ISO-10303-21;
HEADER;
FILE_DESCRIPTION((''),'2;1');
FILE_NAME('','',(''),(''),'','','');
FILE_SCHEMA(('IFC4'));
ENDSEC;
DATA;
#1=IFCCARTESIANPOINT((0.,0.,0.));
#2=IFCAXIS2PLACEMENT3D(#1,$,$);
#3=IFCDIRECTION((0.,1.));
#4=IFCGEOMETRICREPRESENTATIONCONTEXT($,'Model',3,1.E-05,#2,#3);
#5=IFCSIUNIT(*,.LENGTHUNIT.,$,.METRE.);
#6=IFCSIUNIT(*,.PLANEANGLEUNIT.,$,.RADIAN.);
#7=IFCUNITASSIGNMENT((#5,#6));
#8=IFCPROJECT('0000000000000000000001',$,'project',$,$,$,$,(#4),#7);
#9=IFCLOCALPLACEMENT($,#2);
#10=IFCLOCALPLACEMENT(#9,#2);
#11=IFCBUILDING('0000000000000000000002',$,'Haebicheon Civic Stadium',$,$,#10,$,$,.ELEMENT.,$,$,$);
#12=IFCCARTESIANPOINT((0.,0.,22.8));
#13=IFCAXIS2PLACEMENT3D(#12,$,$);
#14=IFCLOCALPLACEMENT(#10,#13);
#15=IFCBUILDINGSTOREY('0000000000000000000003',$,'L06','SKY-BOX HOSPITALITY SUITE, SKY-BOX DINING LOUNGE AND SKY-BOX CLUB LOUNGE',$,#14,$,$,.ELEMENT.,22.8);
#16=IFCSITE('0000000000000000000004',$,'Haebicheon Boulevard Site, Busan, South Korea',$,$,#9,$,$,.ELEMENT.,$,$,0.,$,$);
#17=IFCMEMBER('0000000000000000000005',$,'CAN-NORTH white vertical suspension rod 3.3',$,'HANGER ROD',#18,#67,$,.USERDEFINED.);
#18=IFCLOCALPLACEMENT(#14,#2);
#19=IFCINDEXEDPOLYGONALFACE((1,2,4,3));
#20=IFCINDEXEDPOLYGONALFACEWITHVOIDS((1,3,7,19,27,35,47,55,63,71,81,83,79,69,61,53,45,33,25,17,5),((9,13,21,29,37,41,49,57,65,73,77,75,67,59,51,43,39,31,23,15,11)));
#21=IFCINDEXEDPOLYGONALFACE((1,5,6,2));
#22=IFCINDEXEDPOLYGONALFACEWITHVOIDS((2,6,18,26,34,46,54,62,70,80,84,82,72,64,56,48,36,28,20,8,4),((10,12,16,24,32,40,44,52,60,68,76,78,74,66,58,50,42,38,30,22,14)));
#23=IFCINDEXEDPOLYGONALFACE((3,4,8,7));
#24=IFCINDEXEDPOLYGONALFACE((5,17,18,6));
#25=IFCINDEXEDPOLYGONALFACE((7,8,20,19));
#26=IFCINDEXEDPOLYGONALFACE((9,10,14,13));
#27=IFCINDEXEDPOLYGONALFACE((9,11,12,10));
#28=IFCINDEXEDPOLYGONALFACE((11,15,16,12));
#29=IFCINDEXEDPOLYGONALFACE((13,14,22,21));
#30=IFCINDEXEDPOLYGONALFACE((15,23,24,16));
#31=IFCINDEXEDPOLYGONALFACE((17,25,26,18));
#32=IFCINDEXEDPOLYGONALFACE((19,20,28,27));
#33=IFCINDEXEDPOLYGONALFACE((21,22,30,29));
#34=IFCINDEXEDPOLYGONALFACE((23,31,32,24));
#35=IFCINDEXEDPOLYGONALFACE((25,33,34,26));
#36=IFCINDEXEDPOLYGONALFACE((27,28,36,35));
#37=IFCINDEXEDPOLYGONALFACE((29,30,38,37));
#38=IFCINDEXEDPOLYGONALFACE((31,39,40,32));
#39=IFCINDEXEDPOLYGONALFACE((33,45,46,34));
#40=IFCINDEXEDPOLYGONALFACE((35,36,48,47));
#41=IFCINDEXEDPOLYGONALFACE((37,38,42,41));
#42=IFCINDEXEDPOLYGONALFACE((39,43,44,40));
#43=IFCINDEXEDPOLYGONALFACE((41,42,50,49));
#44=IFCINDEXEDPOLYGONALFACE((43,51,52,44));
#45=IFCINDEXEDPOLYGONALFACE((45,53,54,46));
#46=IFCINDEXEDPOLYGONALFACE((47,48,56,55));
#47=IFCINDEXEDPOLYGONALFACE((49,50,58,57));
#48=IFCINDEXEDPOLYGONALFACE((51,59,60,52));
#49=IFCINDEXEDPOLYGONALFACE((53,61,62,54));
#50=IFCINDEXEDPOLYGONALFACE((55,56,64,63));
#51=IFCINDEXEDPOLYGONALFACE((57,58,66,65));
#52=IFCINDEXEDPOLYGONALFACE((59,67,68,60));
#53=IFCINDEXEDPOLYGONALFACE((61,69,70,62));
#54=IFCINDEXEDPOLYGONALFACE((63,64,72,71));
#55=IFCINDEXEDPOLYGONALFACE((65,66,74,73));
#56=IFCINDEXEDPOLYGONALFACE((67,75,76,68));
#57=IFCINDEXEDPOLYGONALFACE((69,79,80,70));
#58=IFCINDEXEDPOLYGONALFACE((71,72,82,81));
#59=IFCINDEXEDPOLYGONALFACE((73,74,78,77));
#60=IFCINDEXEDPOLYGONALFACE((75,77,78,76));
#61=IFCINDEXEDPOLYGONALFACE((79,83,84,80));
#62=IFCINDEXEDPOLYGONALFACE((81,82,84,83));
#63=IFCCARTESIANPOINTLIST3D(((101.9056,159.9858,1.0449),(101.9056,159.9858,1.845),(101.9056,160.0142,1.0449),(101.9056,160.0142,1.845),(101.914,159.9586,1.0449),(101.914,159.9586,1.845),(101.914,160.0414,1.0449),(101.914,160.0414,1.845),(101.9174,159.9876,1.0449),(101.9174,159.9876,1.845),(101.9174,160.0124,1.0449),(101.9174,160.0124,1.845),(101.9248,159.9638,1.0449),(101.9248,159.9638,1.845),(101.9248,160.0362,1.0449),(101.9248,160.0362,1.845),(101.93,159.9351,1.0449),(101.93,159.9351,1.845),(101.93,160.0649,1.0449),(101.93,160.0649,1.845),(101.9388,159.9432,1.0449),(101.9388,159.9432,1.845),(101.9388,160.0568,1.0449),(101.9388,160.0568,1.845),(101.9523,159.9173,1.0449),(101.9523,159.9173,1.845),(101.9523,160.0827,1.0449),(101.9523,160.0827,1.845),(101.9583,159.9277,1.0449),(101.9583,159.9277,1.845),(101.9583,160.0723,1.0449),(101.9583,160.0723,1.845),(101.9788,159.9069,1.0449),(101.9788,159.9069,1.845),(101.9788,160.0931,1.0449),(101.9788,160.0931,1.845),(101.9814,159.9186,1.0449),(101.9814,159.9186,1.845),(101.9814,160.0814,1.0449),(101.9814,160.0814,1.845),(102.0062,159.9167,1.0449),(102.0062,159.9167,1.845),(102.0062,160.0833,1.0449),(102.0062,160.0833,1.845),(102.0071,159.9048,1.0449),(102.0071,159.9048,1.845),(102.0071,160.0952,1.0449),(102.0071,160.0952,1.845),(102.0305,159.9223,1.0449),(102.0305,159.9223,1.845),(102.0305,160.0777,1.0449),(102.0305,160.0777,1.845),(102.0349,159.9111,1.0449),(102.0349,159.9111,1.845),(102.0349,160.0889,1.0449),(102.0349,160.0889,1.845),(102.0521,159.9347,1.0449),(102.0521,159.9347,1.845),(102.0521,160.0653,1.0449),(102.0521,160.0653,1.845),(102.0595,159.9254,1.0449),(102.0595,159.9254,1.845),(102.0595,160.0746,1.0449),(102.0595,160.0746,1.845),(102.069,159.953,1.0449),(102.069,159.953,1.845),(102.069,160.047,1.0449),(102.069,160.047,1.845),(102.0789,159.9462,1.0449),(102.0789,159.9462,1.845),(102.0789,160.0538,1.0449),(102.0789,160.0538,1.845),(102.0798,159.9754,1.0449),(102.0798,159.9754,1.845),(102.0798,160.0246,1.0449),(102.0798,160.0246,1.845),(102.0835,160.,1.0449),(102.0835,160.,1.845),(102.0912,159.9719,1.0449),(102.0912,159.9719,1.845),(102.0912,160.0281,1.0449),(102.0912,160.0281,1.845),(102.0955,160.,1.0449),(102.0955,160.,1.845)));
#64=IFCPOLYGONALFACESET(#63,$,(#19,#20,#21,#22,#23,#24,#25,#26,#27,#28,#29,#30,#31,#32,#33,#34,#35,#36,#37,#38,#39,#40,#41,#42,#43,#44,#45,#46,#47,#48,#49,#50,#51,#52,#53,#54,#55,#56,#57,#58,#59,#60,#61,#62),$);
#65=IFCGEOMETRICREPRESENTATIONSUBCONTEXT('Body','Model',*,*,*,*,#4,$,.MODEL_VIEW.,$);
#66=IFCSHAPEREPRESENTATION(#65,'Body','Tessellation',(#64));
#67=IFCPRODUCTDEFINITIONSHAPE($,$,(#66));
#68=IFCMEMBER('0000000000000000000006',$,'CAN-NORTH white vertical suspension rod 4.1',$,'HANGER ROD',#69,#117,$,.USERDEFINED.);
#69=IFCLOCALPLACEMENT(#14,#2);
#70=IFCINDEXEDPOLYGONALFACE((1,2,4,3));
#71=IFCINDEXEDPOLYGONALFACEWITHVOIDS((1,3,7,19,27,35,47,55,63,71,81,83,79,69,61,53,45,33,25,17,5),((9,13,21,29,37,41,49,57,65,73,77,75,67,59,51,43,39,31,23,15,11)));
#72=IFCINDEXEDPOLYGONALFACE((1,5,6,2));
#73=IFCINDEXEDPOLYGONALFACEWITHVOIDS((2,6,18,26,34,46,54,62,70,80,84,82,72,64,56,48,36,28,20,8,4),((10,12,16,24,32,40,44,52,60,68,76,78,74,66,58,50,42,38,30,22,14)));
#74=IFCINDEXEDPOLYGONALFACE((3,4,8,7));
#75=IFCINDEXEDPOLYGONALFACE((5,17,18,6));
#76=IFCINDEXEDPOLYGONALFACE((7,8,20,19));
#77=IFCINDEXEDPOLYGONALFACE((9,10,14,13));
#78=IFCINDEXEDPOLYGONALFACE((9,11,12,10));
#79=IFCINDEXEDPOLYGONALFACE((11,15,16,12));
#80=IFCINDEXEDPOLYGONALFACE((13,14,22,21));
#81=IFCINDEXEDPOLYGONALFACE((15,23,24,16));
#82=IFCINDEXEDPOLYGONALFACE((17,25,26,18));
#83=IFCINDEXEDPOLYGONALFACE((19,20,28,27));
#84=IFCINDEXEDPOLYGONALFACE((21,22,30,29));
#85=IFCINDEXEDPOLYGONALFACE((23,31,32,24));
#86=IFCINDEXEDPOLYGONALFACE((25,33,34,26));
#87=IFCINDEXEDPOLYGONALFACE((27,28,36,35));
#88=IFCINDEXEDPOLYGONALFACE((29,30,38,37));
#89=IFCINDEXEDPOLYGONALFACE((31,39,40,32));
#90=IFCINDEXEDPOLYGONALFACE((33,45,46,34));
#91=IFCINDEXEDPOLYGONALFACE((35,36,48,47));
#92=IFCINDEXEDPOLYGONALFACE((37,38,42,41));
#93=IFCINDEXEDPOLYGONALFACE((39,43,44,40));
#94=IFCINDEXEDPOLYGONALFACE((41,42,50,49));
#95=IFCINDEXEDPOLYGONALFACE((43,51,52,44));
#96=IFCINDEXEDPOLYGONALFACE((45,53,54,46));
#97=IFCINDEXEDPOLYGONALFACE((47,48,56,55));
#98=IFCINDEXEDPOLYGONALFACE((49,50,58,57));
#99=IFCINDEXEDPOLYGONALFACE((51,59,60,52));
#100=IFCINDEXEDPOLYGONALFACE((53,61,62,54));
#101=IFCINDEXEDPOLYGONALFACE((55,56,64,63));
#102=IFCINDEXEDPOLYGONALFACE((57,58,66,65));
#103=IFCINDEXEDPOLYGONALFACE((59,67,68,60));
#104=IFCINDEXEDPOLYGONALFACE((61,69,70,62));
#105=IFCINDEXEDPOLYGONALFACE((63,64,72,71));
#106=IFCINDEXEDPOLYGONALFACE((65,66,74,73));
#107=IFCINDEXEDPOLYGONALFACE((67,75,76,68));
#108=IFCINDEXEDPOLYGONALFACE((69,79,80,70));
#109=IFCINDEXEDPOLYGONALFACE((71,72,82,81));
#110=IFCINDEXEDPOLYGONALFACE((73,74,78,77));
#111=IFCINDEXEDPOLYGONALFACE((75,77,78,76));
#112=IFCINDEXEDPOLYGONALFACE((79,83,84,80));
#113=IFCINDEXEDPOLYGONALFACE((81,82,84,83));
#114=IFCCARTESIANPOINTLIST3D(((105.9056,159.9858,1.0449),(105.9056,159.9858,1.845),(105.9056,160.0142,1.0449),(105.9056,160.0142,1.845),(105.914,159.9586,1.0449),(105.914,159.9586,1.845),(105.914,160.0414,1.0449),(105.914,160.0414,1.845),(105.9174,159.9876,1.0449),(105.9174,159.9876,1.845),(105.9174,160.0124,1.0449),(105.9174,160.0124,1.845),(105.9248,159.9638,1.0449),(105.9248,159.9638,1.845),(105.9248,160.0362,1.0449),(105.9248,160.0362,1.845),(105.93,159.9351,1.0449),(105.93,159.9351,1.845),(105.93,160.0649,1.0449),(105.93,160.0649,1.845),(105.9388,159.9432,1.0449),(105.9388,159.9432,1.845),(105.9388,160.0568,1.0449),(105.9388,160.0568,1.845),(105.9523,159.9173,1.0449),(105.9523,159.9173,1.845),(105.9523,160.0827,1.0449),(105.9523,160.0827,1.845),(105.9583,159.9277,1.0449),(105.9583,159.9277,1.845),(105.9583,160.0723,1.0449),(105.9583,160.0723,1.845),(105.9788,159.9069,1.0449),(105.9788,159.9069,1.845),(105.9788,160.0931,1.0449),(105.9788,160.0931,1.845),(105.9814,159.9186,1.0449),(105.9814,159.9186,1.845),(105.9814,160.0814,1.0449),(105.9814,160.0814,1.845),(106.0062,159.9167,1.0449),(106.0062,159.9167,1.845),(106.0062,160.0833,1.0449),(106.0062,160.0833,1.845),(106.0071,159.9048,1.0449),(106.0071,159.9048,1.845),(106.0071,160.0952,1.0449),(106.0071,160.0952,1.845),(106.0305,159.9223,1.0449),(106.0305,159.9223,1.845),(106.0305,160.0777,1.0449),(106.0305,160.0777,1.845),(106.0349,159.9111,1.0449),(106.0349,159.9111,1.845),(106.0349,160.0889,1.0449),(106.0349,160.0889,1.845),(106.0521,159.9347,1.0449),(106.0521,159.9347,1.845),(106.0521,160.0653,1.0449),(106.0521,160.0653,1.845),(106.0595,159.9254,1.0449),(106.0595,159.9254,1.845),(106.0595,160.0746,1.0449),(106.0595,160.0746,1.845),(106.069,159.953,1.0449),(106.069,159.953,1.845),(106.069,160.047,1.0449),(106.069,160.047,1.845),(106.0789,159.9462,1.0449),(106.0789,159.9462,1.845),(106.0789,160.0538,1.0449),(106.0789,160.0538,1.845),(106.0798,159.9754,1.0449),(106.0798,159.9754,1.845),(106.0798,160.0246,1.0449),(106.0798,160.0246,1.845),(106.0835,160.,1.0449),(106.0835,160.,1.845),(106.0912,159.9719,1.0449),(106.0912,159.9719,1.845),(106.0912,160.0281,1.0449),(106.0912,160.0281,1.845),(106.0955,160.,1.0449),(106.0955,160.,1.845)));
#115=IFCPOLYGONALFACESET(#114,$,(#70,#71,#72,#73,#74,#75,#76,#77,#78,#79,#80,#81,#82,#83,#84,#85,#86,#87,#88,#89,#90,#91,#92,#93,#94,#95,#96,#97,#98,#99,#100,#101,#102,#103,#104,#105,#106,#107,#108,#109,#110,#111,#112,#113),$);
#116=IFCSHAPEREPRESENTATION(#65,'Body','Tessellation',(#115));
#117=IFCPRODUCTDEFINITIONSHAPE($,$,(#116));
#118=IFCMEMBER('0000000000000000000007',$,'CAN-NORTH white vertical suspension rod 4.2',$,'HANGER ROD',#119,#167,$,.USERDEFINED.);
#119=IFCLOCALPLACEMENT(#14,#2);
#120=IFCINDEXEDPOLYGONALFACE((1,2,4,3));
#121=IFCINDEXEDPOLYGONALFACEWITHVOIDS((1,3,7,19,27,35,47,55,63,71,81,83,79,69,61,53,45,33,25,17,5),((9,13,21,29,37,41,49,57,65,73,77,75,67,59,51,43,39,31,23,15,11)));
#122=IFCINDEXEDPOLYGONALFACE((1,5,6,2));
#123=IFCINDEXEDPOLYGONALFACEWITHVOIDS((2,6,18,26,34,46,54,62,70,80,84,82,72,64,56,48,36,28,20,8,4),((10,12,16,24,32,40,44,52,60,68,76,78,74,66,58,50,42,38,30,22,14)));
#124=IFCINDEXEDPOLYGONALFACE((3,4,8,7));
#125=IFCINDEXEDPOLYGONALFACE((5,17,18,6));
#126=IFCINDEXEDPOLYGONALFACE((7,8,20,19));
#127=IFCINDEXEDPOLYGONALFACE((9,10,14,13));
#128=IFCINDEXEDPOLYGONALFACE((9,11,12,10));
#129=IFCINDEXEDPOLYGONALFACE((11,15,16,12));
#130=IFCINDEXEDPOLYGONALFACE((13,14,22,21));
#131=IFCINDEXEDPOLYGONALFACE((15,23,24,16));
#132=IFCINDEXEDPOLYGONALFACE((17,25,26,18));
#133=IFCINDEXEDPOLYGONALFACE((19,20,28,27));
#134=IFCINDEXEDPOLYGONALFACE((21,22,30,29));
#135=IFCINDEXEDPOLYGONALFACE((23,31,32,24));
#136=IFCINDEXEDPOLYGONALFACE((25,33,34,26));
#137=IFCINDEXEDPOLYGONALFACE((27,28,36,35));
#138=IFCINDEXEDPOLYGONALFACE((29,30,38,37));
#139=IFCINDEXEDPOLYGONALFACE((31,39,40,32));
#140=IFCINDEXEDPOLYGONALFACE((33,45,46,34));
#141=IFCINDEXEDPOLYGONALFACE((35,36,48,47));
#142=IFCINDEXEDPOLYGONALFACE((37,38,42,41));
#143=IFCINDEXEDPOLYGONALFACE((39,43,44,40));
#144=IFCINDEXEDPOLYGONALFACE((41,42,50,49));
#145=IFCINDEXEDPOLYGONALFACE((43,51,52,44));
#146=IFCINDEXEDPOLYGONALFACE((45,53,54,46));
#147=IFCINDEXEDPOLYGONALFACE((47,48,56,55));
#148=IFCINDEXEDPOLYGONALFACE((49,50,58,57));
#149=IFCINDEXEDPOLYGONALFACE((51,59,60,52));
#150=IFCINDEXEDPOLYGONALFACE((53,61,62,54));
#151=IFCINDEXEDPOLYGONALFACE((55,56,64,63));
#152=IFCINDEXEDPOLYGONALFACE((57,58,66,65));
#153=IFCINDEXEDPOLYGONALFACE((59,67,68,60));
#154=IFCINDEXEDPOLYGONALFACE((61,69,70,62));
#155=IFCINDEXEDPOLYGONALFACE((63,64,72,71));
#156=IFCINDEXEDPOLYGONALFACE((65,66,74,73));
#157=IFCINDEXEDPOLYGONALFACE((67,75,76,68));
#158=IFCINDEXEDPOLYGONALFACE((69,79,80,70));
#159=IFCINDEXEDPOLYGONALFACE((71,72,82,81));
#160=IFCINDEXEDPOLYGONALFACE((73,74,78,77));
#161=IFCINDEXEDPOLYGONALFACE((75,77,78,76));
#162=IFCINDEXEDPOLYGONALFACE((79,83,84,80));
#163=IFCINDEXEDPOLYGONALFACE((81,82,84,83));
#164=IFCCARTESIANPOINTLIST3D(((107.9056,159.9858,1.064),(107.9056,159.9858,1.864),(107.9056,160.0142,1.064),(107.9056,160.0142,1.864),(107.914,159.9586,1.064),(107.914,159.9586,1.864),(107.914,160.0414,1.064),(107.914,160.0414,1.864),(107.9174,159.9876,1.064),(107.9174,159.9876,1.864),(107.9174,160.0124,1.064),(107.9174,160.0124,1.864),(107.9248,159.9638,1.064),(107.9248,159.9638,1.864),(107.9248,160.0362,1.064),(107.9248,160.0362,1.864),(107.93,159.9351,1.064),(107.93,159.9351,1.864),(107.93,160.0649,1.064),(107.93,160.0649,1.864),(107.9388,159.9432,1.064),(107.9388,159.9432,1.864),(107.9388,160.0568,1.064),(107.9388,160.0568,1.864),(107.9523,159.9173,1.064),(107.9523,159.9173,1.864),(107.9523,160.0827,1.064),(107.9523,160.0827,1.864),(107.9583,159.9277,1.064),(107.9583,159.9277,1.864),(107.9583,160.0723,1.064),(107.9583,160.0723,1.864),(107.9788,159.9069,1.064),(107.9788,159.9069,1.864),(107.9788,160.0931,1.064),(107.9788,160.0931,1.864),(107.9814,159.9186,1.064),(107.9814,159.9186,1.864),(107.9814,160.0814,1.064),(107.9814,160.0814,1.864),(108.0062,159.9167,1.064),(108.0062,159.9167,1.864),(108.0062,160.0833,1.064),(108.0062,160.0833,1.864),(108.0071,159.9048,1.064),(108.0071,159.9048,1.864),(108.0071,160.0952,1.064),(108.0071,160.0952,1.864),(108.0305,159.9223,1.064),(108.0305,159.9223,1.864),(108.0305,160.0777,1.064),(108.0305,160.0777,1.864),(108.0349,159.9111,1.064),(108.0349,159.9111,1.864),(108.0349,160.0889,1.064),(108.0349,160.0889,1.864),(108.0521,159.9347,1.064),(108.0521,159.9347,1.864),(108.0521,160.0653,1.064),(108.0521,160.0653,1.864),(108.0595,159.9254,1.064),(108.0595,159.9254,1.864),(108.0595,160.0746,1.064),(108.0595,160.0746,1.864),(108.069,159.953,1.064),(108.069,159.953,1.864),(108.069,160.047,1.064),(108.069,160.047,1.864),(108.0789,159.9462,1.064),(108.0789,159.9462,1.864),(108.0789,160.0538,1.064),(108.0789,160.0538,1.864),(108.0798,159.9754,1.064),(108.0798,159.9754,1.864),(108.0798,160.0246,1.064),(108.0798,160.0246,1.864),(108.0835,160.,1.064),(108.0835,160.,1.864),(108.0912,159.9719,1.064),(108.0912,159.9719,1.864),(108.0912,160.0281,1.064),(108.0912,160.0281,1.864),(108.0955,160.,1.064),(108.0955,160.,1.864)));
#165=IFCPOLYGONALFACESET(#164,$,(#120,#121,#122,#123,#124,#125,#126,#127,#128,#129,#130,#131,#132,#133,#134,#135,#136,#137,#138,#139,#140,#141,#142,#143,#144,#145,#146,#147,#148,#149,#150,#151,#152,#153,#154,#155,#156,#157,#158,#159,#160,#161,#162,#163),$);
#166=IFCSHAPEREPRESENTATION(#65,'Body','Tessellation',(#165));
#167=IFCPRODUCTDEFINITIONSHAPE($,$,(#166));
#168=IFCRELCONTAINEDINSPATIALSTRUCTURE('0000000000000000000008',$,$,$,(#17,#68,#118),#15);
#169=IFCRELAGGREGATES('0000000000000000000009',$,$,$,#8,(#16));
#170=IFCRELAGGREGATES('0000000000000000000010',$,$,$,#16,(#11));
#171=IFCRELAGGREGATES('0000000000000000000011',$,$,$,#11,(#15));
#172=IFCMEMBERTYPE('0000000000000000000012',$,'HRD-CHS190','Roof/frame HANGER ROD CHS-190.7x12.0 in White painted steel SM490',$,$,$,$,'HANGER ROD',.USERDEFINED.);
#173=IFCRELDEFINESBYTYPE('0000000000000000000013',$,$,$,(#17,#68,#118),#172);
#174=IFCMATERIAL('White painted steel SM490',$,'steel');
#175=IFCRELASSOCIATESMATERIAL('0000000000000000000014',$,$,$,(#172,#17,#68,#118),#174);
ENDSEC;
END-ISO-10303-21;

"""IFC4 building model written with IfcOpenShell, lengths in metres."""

from ifc_helpers import new_model, si_unit, direction, frame, origin, origin_2d, place, context, subcontext, project, spatial, hollow_circle, extrude, material, material_profile, profile_set, type_object, element, save


model = new_model("IFC4")

# Units and contexts
model_context = context("Model", 3, precision=1e-05, world=origin(), true_north=direction((0.0, 1.0)))
body_context = subcontext(model_context, "Body", "Model", "MODEL_VIEW")
ifc_project = project(units=[si_unit("LENGTHUNIT", "METRE"), si_unit("PLANEANGLEUNIT", "RADIAN")], contexts=[model_context])

# Site, building, storey
site_placement = place(None, origin())
site = spatial("IfcSite", under=ifc_project, at=site_placement, Name="Haebicheon Boulevard Site, Busan, South Korea", CompositionType="ELEMENT", RefElevation=0.0)
building_placement = place(site_placement, origin())
building = spatial("IfcBuilding", under=site, at=building_placement, Name="Haebicheon Civic Stadium", CompositionType="ELEMENT")
storey_placement = place(building_placement, frame((0.0, 0.0, 22.8)))
storey = spatial("IfcBuildingStorey", under=building, at=storey_placement, Name="L06", Description="SKY-BOX HOSPITALITY SUITE, SKY-BOX DINING LOUNGE AND SKY-BOX CLUB LOUNGE", CompositionType="ELEMENT", Elevation=22.8)

# Members
ifc_material_1 = material(Name="White painted steel SM490", Category="steel")
ifc_material_profile_1 = material_profile(ifc_material_1, hollow_circle(Radius=0.0955, WallThickness=0.012, at=origin_2d()), Name="CHS-190.7x12.0")
ifc_profile_set_1 = profile_set([ifc_material_profile_1], Name="White painted steel SM490")
member_type_1 = type_object("IfcMemberType", Name="HRD-CHS190", Description="Roof/frame HANGER ROD CHS-190.7x12.0 in White painted steel SM490", ElementType="HANGER ROD", PredefinedType="USERDEFINED", material=ifc_profile_set_1)
for number, where, z_axis, x_axis, name in (
    (1, (102.0, 160.0, 1.0449), (0.0, 0.0, 1.0), (1.0, 0.0, 0.0), "CAN-NORTH white vertical suspension rod 3.3"),
    (2, (106.0, 160.0, 1.0449), (0.0, 0.0, 1.0), (1.0, 0.0, 0.0), "CAN-NORTH white vertical suspension rod 4.1"),
    (3, (108.0, 160.0, 1.064), (0.0, 0.0, 1.0), (1.0, 0.0, 0.0), "CAN-NORTH white vertical suspension rod 4.2"),
):
    element("IfcMember", number, at=place(storey_placement, frame(where, z_axis=z_axis, x_axis=x_axis)), inside=storey, type_object=member_type_1, material=ifc_profile_set_1, Name=name, ObjectType="HANGER ROD", PredefinedType="USERDEFINED", context=body_context, shape_type="SweptSolid", body=[
        extrude(hollow_circle(Radius=0.0955, WallThickness=0.012, at=origin_2d()), origin(), (0.0, 0.0, 1.0), 0.8),
    ])

save(model, "model.ifc")
